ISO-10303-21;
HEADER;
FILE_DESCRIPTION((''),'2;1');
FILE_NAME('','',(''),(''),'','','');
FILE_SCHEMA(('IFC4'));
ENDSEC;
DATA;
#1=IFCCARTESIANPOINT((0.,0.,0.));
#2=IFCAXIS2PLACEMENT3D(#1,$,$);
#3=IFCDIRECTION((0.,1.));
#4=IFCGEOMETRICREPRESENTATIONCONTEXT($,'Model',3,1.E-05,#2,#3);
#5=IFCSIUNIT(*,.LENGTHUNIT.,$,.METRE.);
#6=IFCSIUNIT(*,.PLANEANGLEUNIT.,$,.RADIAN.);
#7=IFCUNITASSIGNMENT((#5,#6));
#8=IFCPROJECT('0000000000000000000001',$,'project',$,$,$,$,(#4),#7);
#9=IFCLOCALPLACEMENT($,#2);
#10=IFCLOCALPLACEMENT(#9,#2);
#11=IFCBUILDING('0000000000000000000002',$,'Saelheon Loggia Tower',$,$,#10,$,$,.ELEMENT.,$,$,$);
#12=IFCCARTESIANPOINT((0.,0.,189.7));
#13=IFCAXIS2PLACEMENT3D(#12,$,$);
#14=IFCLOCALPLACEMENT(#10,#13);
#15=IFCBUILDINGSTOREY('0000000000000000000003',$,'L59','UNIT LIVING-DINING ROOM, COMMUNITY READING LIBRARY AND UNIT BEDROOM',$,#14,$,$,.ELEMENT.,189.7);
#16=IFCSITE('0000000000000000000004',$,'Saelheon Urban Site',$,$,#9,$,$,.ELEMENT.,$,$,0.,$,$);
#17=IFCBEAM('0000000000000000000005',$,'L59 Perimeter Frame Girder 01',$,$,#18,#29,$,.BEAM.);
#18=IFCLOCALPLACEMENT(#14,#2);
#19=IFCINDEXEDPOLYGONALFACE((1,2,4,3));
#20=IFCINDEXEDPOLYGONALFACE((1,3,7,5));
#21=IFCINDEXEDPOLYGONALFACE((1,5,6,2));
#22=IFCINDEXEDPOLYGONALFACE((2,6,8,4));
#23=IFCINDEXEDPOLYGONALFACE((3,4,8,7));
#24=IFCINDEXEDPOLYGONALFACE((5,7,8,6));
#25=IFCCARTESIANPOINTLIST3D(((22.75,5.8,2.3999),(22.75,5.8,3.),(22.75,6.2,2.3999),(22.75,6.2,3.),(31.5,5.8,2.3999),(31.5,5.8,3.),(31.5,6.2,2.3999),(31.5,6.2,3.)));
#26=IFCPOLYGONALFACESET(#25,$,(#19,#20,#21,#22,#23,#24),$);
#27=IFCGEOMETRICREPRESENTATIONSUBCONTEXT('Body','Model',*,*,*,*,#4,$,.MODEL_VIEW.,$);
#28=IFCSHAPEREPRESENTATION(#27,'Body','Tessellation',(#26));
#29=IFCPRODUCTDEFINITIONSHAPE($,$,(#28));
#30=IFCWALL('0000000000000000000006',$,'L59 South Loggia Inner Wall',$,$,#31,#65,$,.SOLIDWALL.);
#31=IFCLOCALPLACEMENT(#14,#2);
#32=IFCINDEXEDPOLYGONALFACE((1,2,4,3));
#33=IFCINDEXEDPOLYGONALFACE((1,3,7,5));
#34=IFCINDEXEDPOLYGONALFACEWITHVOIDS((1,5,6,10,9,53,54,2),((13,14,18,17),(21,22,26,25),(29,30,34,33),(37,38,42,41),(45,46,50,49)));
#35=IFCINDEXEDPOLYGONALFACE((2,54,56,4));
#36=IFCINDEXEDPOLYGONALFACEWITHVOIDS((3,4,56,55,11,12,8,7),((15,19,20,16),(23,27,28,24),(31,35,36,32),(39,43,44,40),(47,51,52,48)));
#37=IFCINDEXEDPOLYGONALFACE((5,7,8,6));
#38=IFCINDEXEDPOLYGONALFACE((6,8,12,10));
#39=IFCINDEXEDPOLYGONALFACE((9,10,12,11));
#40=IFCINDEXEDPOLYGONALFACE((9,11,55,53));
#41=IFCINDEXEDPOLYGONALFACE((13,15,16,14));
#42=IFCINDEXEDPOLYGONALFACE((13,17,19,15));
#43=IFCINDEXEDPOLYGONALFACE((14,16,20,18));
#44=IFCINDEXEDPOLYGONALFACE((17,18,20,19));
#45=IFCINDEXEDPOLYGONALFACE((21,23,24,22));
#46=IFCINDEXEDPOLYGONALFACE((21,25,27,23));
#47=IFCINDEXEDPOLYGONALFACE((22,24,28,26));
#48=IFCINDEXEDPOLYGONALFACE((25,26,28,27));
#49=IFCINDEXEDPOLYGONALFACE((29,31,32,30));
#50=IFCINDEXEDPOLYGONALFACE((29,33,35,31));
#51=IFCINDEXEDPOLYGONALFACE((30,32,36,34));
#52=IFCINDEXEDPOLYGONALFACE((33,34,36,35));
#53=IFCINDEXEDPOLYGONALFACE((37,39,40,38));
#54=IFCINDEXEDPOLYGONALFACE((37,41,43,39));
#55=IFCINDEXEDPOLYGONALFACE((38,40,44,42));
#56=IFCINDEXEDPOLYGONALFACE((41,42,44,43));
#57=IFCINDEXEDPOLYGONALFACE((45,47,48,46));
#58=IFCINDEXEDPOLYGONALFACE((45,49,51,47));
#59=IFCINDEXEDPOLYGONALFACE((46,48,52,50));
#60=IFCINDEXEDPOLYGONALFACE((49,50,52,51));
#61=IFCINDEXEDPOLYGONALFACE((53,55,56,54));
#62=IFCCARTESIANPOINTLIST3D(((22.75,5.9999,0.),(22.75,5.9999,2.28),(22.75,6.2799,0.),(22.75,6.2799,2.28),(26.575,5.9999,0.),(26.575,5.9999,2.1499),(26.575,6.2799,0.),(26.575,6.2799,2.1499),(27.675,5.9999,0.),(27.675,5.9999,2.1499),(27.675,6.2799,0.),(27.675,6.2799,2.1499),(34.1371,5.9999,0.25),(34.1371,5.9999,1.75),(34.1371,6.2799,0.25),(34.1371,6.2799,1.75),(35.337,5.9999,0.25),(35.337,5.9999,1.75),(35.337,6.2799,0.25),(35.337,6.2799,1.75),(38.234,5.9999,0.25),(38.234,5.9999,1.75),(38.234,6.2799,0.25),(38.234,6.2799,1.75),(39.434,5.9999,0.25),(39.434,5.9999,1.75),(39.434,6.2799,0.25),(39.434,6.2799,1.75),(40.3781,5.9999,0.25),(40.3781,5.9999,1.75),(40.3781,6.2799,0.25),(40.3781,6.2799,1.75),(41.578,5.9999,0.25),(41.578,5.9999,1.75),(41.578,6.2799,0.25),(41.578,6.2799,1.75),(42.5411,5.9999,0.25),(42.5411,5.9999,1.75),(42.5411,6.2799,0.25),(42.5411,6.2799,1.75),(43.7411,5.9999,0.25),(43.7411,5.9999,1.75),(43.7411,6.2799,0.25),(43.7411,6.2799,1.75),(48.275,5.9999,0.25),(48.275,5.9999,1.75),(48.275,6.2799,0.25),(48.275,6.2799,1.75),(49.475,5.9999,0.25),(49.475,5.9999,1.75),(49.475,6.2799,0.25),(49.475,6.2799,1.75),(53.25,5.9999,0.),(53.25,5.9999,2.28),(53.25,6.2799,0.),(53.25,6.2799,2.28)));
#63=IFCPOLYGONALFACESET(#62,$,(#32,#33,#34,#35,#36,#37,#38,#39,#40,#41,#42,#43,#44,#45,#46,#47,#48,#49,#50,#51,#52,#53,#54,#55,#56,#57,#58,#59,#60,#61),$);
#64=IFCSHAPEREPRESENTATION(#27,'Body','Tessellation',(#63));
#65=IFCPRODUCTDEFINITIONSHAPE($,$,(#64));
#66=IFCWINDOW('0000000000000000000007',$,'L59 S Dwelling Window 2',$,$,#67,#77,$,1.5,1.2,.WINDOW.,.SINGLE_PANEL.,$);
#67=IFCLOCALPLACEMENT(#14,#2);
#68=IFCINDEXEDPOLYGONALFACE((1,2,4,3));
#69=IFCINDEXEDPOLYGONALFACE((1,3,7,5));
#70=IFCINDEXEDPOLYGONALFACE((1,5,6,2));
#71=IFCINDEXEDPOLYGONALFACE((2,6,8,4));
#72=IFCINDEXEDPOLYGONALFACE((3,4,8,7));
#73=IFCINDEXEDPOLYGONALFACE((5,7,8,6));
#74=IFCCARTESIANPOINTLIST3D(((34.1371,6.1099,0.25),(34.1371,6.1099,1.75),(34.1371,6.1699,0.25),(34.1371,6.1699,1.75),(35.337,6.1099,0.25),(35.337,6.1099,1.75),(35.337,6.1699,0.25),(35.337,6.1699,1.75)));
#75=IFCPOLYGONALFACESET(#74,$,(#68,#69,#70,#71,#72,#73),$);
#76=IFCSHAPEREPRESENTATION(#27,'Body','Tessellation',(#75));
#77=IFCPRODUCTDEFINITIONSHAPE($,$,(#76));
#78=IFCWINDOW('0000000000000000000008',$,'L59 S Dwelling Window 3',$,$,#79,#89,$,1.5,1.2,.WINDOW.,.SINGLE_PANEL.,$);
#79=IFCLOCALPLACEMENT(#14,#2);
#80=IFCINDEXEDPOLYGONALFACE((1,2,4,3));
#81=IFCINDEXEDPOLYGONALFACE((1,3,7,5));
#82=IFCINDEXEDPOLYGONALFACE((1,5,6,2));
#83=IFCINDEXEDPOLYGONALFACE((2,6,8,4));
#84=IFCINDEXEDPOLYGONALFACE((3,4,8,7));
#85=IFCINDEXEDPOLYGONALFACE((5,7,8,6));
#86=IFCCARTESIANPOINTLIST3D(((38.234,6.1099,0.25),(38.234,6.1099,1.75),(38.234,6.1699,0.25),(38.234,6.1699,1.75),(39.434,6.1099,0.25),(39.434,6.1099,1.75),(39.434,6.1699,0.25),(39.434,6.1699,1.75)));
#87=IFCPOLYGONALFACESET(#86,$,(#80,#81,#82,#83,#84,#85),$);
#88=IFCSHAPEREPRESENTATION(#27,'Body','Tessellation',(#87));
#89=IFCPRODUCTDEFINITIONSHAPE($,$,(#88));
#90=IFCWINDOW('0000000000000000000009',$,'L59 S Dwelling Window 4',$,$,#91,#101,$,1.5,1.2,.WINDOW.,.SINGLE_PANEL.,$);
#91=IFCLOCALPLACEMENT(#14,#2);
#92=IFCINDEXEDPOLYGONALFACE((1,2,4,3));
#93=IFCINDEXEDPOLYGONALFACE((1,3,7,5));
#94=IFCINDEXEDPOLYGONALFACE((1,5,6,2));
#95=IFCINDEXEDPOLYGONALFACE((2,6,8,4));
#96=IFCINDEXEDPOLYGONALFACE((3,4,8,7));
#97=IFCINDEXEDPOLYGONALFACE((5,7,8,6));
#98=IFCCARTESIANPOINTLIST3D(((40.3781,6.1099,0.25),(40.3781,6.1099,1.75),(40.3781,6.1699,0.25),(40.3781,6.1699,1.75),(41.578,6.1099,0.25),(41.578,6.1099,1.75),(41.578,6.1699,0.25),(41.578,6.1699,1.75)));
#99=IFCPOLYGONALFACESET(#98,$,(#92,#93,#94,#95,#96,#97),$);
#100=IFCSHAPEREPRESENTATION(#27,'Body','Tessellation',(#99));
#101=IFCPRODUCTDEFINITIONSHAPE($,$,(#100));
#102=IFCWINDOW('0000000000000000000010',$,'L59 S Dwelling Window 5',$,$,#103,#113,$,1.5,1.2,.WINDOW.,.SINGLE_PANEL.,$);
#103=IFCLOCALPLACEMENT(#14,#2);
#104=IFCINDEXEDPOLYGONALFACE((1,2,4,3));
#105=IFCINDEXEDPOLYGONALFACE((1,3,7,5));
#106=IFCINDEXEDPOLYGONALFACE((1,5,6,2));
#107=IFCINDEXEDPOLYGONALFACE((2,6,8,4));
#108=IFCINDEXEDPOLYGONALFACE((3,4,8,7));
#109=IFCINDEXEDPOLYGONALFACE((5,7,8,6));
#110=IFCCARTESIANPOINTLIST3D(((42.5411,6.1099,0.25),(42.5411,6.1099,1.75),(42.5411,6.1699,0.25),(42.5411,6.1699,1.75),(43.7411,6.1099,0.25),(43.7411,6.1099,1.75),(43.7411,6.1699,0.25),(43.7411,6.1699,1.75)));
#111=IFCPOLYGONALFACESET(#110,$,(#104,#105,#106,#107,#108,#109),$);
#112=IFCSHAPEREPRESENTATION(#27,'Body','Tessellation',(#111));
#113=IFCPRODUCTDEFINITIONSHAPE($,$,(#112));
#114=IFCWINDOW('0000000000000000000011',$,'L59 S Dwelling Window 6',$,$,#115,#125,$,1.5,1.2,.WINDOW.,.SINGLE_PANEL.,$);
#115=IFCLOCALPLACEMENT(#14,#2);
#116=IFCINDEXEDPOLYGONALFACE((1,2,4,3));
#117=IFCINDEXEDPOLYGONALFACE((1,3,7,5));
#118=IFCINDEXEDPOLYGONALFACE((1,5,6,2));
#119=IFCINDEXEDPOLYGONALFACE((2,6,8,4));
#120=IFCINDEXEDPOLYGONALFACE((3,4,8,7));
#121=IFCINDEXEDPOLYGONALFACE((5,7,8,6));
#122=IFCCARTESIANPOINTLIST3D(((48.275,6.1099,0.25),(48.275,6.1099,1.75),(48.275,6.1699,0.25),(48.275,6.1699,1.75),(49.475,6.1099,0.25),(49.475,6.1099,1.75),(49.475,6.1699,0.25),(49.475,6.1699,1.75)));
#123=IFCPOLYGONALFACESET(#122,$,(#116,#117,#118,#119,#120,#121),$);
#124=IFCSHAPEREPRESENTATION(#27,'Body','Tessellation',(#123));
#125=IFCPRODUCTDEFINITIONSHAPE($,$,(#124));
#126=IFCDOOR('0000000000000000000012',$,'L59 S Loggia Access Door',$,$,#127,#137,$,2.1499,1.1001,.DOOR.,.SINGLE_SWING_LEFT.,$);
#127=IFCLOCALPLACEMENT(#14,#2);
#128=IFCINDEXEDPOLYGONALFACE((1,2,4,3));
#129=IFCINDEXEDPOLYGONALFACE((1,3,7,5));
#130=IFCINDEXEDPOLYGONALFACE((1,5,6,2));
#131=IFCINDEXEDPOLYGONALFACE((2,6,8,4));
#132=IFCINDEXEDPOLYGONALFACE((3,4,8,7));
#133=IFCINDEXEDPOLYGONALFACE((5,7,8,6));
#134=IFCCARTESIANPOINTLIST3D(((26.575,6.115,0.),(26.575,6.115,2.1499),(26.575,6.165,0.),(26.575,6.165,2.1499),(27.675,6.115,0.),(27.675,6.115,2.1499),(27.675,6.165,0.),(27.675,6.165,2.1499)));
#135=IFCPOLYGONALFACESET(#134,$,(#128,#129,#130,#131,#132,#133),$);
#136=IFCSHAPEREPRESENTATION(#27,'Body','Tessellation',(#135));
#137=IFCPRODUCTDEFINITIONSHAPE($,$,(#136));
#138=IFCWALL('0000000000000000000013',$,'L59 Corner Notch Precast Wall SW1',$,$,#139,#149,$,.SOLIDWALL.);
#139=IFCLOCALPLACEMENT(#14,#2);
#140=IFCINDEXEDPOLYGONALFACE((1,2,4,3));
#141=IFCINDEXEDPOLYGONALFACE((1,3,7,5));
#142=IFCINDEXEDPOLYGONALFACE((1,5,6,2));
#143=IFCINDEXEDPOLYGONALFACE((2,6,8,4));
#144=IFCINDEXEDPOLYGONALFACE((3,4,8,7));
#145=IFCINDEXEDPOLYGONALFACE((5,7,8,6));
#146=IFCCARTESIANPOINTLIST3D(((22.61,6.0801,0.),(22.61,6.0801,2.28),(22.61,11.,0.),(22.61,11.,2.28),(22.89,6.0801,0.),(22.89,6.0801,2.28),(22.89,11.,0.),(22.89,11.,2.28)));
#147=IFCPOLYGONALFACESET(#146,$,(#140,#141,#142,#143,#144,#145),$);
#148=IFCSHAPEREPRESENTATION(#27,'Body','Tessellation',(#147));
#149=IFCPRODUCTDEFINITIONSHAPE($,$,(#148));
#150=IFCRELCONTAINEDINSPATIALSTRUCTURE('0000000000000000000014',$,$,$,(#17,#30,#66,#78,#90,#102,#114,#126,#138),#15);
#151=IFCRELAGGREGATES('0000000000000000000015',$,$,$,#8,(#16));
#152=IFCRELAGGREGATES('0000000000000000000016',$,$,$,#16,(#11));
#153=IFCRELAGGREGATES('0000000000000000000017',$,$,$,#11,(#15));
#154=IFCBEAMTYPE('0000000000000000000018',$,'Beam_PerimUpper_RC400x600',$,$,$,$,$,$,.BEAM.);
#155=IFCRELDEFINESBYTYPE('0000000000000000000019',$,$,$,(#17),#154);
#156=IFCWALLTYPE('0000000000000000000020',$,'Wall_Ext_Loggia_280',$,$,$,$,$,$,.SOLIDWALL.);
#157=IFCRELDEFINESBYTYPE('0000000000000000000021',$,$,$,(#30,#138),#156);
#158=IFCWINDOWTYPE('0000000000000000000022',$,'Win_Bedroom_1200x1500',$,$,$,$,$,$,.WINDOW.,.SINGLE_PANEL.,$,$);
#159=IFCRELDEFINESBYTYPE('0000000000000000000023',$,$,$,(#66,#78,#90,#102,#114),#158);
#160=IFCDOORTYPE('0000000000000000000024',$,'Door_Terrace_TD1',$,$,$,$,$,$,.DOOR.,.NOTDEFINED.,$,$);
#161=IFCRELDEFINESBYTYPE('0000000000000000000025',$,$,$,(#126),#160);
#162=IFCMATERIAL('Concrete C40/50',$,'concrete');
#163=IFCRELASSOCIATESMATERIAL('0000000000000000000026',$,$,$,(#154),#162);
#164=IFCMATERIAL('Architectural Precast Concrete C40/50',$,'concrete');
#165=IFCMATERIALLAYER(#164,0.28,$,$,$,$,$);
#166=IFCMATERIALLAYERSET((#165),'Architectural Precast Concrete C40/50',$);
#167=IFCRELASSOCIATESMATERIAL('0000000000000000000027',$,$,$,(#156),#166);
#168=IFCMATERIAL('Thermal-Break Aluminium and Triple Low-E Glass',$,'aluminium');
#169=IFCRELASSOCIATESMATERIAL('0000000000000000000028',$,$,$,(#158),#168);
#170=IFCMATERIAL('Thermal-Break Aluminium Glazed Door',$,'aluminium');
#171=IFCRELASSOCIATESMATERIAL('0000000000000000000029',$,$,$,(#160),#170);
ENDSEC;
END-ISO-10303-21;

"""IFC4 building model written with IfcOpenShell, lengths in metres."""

from ifc_helpers import new_model, si_unit, direction, frame, frame_2d, origin, origin_2d, place, context, subcontext, project, spatial, rectangle, extrude, source, transform, mapped, material, layer, layer_set, material_profile, profile_set, type_object, element, fill, save


model = new_model("IFC4")

# Units and contexts
model_context = context("Model", 3, precision=1e-05, world=origin(), true_north=direction((0.0, 1.0)))
body_context = subcontext(model_context, "Body", "Model", "MODEL_VIEW")
ifc_project = project(units=[si_unit("LENGTHUNIT", "METRE"), si_unit("PLANEANGLEUNIT", "RADIAN")], contexts=[model_context])

# Site, building, storey
site_placement = place(None, origin())
site = spatial("IfcSite", under=ifc_project, at=site_placement, Name="Saelheon Urban Site", CompositionType="ELEMENT", RefElevation=0.0)
building_placement = place(site_placement, origin())
building = spatial("IfcBuilding", under=site, at=building_placement, Name="Saelheon Loggia Tower", CompositionType="ELEMENT")
storey_placement = place(building_placement, frame((0.0, 0.0, 189.7)))
storey = spatial("IfcBuildingStorey", under=building, at=storey_placement, Name="L59", Description="UNIT LIVING-DINING ROOM, COMMUNITY READING LIBRARY AND UNIT BEDROOM", CompositionType="ELEMENT", Elevation=189.7)

# Beam
ifc_material_1 = material(Name="Concrete C40/50", Category="concrete")
ifc_material_profile = material_profile(ifc_material_1, rectangle(XDim=0.3999, YDim=0.6001, at=origin_2d()), Name="RC-400x600")
ifc_profile_set = profile_set([ifc_material_profile], Name="Concrete C40/50")
beam_type = type_object("IfcBeamType", Name="Beam_PerimUpper_RC400x600", PredefinedType="BEAM", material=ifc_profile_set)
shared_shape_1 = source(origin(), body_context, "Body", "SweptSolid", [
    extrude(rectangle(XDim=0.3999, YDim=0.6001, at=origin_2d()), origin(), (0.0, 0.0, 1.0), 8.75),
])
beam_placement = place(storey_placement, frame((22.75, 6.0, 2.7), z_axis=(1.0, 0.0, 0.0), x_axis=(0.0, 1.0, 0.0)))
element("IfcBeam", 1, at=beam_placement, inside=storey, type_object=beam_type, Name="L59 Perimeter Frame Girder 01", PredefinedType="BEAM", context=body_context, shape_type="MappedRepresentation", body=[
    mapped(shared_shape_1, transform((0.0, 0.0, 0.0), scale=1.0)),
])

# Wall, openings, windows, door
ifc_material_2 = material(Name="Architectural Precast Concrete C40/50", Category="concrete")
ifc_layer = layer(ifc_material_2, 0.28)
ifc_layer_set = layer_set([ifc_layer], Name="Architectural Precast Concrete C40/50")
wall_type = type_object("IfcWallType", Name="Wall_Ext_Loggia_280", PredefinedType="SOLIDWALL", material=ifc_layer_set)
wall_1_placement = place(storey_placement, frame((22.75, 6.1399, 0.0), z_axis=(0.0, 0.0, 1.0), x_axis=(1.0, 0.0, 0.0)))
wall_1 = element("IfcWall", 2, at=wall_1_placement, inside=storey, type_object=wall_type, Name="L59 South Loggia Inner Wall", PredefinedType="SOLIDWALL", context=body_context, shape_type="SweptSolid", body=[
    extrude(rectangle(XDim=30.5, YDim=0.28, at=frame_2d((15.25, 0.0))), origin(), (0.0, 0.0, 1.0), 2.28),
])
opening_1_placement = place(wall_1_placement, frame((4.925, 0.0, 0.0), z_axis=(0.0, 0.0, 1.0), x_axis=(-1.0, 0.0, 0.0)))
opening_1 = element("IfcOpeningElement", 3, at=opening_1_placement, cuts=wall_1, PredefinedType="OPENING", context=body_context, shape_type="SweptSolid", body=[
    extrude(rectangle(XDim=1.1001, YDim=2.1499, at=frame_2d((0.55, 1.075))), frame((0.0, 0.1521, 0.0), z_axis=(0.0, -1.0, 0.0), x_axis=(1.0, 0.0, 0.0)), (0.0, 0.0, 1.0), 0.304),
])
opening_2_placement = place(wall_1_placement, frame((11.387, 0.0, 0.25)))
opening_2 = element("IfcOpeningElement", 4, at=opening_2_placement, cuts=wall_1, PredefinedType="OPENING", context=body_context, shape_type="SweptSolid", body=[
    extrude(rectangle(XDim=1.2, YDim=1.5, at=frame_2d((0.6001, 0.75))), frame((0.0, 0.1521, 0.0), z_axis=(0.0, -1.0, 0.0), x_axis=(1.0, 0.0, 0.0)), (0.0, 0.0, 1.0), 0.304),
])
opening_3_placement = place(wall_1_placement, frame((15.4839, 0.0, 0.25)))
opening_3 = element("IfcOpeningElement", 5, at=opening_3_placement, cuts=wall_1, PredefinedType="OPENING", context=body_context, shape_type="SweptSolid", body=[
    extrude(rectangle(XDim=1.2, YDim=1.5, at=frame_2d((0.6001, 0.75))), frame((0.0, 0.1521, 0.0), z_axis=(0.0, -1.0, 0.0), x_axis=(1.0, 0.0, 0.0)), (0.0, 0.0, 1.0), 0.304),
])
opening_4_placement = place(wall_1_placement, frame((17.6279, 0.0, 0.25)))
opening_4 = element("IfcOpeningElement", 6, at=opening_4_placement, cuts=wall_1, PredefinedType="OPENING", context=body_context, shape_type="SweptSolid", body=[
    extrude(rectangle(XDim=1.2, YDim=1.5, at=frame_2d((0.6001, 0.75))), frame((0.0, 0.1521, 0.0), z_axis=(0.0, -1.0, 0.0), x_axis=(1.0, 0.0, 0.0)), (0.0, 0.0, 1.0), 0.304),
])
opening_5_placement = place(wall_1_placement, frame((19.791, 0.0, 0.25)))
opening_5 = element("IfcOpeningElement", 7, at=opening_5_placement, cuts=wall_1, PredefinedType="OPENING", context=body_context, shape_type="SweptSolid", body=[
    extrude(rectangle(XDim=1.2, YDim=1.5, at=frame_2d((0.6001, 0.75))), frame((0.0, 0.1521, 0.0), z_axis=(0.0, -1.0, 0.0), x_axis=(1.0, 0.0, 0.0)), (0.0, 0.0, 1.0), 0.304),
])
opening_6_placement = place(wall_1_placement, frame((25.5249, 0.0, 0.25)))
opening_6 = element("IfcOpeningElement", 8, at=opening_6_placement, cuts=wall_1, PredefinedType="OPENING", context=body_context, shape_type="SweptSolid", body=[
    extrude(rectangle(XDim=1.2, YDim=1.5, at=frame_2d((0.6001, 0.75))), frame((0.0, 0.1521, 0.0), z_axis=(0.0, -1.0, 0.0), x_axis=(1.0, 0.0, 0.0)), (0.0, 0.0, 1.0), 0.304),
])
ifc_material_3 = material(Name="Thermal-Break Aluminium and Triple Low-E Glass", Category="aluminium")
window_type = type_object("IfcWindowType", Name="Win_Bedroom_1200x1500", PartitioningType="SINGLE_PANEL", PredefinedType="WINDOW", material=ifc_material_3)
shared_shape_2 = source(origin(), body_context, "Body", "SweptSolid", [
    extrude(rectangle(XDim=1.2, YDim=1.5, at=frame_2d((0.6001, 0.75))), frame((0.0, 0.03, 0.0), z_axis=(0.0, -1.0, 0.0), x_axis=(1.0, 0.0, 0.0)), (0.0, 0.0, 1.0), 0.0601),
])
window_1_placement = place(opening_2_placement, origin())
window_1 = element("IfcWindow", 9, at=window_1_placement, inside=storey, type_object=window_type, Name="L59 S Dwelling Window 2", OverallHeight=1.5, OverallWidth=1.2, PartitioningType="SINGLE_PANEL", PredefinedType="WINDOW", context=body_context, shape_type="MappedRepresentation", body=[
    mapped(shared_shape_2, transform((0.0, 0.0, 0.0), scale=1.0)),
])
fill(opening_2, window_1)
window_2_placement = place(opening_3_placement, origin())
window_2 = element("IfcWindow", 10, at=window_2_placement, inside=storey, type_object=window_type, Name="L59 S Dwelling Window 3", OverallHeight=1.5, OverallWidth=1.2, PartitioningType="SINGLE_PANEL", PredefinedType="WINDOW", context=body_context, shape_type="MappedRepresentation", body=[
    mapped(shared_shape_2, transform((0.0, 0.0, 0.0), scale=1.0)),
])
fill(opening_3, window_2)
window_3_placement = place(opening_4_placement, origin())
window_3 = element("IfcWindow", 11, at=window_3_placement, inside=storey, type_object=window_type, Name="L59 S Dwelling Window 4", OverallHeight=1.5, OverallWidth=1.2, PartitioningType="SINGLE_PANEL", PredefinedType="WINDOW", context=body_context, shape_type="MappedRepresentation", body=[
    mapped(shared_shape_2, transform((0.0, 0.0, 0.0), scale=1.0)),
])
fill(opening_4, window_3)
window_4_placement = place(opening_5_placement, origin())
window_4 = element("IfcWindow", 12, at=window_4_placement, inside=storey, type_object=window_type, Name="L59 S Dwelling Window 5", OverallHeight=1.5, OverallWidth=1.2, PartitioningType="SINGLE_PANEL", PredefinedType="WINDOW", context=body_context, shape_type="MappedRepresentation", body=[
    mapped(shared_shape_2, transform((0.0, 0.0, 0.0), scale=1.0)),
])
fill(opening_5, window_4)
window_5_placement = place(opening_6_placement, origin())
window_5 = element("IfcWindow", 13, at=window_5_placement, inside=storey, type_object=window_type, Name="L59 S Dwelling Window 6", OverallHeight=1.5, OverallWidth=1.2, PartitioningType="SINGLE_PANEL", PredefinedType="WINDOW", context=body_context, shape_type="MappedRepresentation", body=[
    mapped(shared_shape_2, transform((0.0, 0.0, 0.0), scale=1.0)),
])
fill(opening_6, window_5)
ifc_material_4 = material(Name="Thermal-Break Aluminium Glazed Door", Category="aluminium")
door_type = type_object("IfcDoorType", Name="Door_Terrace_TD1", OperationType="NOTDEFINED", PredefinedType="DOOR", material=ifc_material_4)
shared_shape_3 = source(origin(), body_context, "Body", "SweptSolid", [
    extrude(rectangle(XDim=1.1001, YDim=2.1499, at=frame_2d((0.55, 1.075))), frame((0.0, 0.0249, 0.0), z_axis=(0.0, -1.0, 0.0), x_axis=(1.0, 0.0, 0.0)), (0.0, 0.0, 1.0), 0.05),
])
door_placement = place(opening_1_placement, origin())
door = element("IfcDoor", 14, at=door_placement, inside=storey, type_object=door_type, Name="L59 S Loggia Access Door", OperationType="SINGLE_SWING_LEFT", OverallHeight=2.1499, OverallWidth=1.1001, PredefinedType="DOOR", context=body_context, shape_type="MappedRepresentation", body=[
    mapped(shared_shape_3, transform((0.0, 0.0, 0.0), scale=1.0)),
])
fill(opening_1, door)

# Wall
wall_2_placement = place(storey_placement, frame((22.75, 6.0801, 0.0), z_axis=(0.0, 0.0, 1.0), x_axis=(0.0, 1.0, 0.0)))
element("IfcWall", 15, at=wall_2_placement, inside=storey, type_object=wall_type, Name="L59 Corner Notch Precast Wall SW1", PredefinedType="SOLIDWALL", context=body_context, shape_type="SweptSolid", body=[
    extrude(rectangle(XDim=4.9199, YDim=0.28, at=frame_2d((2.46, 0.0))), origin(), (0.0, 0.0, 1.0), 2.28),
])

save(model, "model.ifc")
